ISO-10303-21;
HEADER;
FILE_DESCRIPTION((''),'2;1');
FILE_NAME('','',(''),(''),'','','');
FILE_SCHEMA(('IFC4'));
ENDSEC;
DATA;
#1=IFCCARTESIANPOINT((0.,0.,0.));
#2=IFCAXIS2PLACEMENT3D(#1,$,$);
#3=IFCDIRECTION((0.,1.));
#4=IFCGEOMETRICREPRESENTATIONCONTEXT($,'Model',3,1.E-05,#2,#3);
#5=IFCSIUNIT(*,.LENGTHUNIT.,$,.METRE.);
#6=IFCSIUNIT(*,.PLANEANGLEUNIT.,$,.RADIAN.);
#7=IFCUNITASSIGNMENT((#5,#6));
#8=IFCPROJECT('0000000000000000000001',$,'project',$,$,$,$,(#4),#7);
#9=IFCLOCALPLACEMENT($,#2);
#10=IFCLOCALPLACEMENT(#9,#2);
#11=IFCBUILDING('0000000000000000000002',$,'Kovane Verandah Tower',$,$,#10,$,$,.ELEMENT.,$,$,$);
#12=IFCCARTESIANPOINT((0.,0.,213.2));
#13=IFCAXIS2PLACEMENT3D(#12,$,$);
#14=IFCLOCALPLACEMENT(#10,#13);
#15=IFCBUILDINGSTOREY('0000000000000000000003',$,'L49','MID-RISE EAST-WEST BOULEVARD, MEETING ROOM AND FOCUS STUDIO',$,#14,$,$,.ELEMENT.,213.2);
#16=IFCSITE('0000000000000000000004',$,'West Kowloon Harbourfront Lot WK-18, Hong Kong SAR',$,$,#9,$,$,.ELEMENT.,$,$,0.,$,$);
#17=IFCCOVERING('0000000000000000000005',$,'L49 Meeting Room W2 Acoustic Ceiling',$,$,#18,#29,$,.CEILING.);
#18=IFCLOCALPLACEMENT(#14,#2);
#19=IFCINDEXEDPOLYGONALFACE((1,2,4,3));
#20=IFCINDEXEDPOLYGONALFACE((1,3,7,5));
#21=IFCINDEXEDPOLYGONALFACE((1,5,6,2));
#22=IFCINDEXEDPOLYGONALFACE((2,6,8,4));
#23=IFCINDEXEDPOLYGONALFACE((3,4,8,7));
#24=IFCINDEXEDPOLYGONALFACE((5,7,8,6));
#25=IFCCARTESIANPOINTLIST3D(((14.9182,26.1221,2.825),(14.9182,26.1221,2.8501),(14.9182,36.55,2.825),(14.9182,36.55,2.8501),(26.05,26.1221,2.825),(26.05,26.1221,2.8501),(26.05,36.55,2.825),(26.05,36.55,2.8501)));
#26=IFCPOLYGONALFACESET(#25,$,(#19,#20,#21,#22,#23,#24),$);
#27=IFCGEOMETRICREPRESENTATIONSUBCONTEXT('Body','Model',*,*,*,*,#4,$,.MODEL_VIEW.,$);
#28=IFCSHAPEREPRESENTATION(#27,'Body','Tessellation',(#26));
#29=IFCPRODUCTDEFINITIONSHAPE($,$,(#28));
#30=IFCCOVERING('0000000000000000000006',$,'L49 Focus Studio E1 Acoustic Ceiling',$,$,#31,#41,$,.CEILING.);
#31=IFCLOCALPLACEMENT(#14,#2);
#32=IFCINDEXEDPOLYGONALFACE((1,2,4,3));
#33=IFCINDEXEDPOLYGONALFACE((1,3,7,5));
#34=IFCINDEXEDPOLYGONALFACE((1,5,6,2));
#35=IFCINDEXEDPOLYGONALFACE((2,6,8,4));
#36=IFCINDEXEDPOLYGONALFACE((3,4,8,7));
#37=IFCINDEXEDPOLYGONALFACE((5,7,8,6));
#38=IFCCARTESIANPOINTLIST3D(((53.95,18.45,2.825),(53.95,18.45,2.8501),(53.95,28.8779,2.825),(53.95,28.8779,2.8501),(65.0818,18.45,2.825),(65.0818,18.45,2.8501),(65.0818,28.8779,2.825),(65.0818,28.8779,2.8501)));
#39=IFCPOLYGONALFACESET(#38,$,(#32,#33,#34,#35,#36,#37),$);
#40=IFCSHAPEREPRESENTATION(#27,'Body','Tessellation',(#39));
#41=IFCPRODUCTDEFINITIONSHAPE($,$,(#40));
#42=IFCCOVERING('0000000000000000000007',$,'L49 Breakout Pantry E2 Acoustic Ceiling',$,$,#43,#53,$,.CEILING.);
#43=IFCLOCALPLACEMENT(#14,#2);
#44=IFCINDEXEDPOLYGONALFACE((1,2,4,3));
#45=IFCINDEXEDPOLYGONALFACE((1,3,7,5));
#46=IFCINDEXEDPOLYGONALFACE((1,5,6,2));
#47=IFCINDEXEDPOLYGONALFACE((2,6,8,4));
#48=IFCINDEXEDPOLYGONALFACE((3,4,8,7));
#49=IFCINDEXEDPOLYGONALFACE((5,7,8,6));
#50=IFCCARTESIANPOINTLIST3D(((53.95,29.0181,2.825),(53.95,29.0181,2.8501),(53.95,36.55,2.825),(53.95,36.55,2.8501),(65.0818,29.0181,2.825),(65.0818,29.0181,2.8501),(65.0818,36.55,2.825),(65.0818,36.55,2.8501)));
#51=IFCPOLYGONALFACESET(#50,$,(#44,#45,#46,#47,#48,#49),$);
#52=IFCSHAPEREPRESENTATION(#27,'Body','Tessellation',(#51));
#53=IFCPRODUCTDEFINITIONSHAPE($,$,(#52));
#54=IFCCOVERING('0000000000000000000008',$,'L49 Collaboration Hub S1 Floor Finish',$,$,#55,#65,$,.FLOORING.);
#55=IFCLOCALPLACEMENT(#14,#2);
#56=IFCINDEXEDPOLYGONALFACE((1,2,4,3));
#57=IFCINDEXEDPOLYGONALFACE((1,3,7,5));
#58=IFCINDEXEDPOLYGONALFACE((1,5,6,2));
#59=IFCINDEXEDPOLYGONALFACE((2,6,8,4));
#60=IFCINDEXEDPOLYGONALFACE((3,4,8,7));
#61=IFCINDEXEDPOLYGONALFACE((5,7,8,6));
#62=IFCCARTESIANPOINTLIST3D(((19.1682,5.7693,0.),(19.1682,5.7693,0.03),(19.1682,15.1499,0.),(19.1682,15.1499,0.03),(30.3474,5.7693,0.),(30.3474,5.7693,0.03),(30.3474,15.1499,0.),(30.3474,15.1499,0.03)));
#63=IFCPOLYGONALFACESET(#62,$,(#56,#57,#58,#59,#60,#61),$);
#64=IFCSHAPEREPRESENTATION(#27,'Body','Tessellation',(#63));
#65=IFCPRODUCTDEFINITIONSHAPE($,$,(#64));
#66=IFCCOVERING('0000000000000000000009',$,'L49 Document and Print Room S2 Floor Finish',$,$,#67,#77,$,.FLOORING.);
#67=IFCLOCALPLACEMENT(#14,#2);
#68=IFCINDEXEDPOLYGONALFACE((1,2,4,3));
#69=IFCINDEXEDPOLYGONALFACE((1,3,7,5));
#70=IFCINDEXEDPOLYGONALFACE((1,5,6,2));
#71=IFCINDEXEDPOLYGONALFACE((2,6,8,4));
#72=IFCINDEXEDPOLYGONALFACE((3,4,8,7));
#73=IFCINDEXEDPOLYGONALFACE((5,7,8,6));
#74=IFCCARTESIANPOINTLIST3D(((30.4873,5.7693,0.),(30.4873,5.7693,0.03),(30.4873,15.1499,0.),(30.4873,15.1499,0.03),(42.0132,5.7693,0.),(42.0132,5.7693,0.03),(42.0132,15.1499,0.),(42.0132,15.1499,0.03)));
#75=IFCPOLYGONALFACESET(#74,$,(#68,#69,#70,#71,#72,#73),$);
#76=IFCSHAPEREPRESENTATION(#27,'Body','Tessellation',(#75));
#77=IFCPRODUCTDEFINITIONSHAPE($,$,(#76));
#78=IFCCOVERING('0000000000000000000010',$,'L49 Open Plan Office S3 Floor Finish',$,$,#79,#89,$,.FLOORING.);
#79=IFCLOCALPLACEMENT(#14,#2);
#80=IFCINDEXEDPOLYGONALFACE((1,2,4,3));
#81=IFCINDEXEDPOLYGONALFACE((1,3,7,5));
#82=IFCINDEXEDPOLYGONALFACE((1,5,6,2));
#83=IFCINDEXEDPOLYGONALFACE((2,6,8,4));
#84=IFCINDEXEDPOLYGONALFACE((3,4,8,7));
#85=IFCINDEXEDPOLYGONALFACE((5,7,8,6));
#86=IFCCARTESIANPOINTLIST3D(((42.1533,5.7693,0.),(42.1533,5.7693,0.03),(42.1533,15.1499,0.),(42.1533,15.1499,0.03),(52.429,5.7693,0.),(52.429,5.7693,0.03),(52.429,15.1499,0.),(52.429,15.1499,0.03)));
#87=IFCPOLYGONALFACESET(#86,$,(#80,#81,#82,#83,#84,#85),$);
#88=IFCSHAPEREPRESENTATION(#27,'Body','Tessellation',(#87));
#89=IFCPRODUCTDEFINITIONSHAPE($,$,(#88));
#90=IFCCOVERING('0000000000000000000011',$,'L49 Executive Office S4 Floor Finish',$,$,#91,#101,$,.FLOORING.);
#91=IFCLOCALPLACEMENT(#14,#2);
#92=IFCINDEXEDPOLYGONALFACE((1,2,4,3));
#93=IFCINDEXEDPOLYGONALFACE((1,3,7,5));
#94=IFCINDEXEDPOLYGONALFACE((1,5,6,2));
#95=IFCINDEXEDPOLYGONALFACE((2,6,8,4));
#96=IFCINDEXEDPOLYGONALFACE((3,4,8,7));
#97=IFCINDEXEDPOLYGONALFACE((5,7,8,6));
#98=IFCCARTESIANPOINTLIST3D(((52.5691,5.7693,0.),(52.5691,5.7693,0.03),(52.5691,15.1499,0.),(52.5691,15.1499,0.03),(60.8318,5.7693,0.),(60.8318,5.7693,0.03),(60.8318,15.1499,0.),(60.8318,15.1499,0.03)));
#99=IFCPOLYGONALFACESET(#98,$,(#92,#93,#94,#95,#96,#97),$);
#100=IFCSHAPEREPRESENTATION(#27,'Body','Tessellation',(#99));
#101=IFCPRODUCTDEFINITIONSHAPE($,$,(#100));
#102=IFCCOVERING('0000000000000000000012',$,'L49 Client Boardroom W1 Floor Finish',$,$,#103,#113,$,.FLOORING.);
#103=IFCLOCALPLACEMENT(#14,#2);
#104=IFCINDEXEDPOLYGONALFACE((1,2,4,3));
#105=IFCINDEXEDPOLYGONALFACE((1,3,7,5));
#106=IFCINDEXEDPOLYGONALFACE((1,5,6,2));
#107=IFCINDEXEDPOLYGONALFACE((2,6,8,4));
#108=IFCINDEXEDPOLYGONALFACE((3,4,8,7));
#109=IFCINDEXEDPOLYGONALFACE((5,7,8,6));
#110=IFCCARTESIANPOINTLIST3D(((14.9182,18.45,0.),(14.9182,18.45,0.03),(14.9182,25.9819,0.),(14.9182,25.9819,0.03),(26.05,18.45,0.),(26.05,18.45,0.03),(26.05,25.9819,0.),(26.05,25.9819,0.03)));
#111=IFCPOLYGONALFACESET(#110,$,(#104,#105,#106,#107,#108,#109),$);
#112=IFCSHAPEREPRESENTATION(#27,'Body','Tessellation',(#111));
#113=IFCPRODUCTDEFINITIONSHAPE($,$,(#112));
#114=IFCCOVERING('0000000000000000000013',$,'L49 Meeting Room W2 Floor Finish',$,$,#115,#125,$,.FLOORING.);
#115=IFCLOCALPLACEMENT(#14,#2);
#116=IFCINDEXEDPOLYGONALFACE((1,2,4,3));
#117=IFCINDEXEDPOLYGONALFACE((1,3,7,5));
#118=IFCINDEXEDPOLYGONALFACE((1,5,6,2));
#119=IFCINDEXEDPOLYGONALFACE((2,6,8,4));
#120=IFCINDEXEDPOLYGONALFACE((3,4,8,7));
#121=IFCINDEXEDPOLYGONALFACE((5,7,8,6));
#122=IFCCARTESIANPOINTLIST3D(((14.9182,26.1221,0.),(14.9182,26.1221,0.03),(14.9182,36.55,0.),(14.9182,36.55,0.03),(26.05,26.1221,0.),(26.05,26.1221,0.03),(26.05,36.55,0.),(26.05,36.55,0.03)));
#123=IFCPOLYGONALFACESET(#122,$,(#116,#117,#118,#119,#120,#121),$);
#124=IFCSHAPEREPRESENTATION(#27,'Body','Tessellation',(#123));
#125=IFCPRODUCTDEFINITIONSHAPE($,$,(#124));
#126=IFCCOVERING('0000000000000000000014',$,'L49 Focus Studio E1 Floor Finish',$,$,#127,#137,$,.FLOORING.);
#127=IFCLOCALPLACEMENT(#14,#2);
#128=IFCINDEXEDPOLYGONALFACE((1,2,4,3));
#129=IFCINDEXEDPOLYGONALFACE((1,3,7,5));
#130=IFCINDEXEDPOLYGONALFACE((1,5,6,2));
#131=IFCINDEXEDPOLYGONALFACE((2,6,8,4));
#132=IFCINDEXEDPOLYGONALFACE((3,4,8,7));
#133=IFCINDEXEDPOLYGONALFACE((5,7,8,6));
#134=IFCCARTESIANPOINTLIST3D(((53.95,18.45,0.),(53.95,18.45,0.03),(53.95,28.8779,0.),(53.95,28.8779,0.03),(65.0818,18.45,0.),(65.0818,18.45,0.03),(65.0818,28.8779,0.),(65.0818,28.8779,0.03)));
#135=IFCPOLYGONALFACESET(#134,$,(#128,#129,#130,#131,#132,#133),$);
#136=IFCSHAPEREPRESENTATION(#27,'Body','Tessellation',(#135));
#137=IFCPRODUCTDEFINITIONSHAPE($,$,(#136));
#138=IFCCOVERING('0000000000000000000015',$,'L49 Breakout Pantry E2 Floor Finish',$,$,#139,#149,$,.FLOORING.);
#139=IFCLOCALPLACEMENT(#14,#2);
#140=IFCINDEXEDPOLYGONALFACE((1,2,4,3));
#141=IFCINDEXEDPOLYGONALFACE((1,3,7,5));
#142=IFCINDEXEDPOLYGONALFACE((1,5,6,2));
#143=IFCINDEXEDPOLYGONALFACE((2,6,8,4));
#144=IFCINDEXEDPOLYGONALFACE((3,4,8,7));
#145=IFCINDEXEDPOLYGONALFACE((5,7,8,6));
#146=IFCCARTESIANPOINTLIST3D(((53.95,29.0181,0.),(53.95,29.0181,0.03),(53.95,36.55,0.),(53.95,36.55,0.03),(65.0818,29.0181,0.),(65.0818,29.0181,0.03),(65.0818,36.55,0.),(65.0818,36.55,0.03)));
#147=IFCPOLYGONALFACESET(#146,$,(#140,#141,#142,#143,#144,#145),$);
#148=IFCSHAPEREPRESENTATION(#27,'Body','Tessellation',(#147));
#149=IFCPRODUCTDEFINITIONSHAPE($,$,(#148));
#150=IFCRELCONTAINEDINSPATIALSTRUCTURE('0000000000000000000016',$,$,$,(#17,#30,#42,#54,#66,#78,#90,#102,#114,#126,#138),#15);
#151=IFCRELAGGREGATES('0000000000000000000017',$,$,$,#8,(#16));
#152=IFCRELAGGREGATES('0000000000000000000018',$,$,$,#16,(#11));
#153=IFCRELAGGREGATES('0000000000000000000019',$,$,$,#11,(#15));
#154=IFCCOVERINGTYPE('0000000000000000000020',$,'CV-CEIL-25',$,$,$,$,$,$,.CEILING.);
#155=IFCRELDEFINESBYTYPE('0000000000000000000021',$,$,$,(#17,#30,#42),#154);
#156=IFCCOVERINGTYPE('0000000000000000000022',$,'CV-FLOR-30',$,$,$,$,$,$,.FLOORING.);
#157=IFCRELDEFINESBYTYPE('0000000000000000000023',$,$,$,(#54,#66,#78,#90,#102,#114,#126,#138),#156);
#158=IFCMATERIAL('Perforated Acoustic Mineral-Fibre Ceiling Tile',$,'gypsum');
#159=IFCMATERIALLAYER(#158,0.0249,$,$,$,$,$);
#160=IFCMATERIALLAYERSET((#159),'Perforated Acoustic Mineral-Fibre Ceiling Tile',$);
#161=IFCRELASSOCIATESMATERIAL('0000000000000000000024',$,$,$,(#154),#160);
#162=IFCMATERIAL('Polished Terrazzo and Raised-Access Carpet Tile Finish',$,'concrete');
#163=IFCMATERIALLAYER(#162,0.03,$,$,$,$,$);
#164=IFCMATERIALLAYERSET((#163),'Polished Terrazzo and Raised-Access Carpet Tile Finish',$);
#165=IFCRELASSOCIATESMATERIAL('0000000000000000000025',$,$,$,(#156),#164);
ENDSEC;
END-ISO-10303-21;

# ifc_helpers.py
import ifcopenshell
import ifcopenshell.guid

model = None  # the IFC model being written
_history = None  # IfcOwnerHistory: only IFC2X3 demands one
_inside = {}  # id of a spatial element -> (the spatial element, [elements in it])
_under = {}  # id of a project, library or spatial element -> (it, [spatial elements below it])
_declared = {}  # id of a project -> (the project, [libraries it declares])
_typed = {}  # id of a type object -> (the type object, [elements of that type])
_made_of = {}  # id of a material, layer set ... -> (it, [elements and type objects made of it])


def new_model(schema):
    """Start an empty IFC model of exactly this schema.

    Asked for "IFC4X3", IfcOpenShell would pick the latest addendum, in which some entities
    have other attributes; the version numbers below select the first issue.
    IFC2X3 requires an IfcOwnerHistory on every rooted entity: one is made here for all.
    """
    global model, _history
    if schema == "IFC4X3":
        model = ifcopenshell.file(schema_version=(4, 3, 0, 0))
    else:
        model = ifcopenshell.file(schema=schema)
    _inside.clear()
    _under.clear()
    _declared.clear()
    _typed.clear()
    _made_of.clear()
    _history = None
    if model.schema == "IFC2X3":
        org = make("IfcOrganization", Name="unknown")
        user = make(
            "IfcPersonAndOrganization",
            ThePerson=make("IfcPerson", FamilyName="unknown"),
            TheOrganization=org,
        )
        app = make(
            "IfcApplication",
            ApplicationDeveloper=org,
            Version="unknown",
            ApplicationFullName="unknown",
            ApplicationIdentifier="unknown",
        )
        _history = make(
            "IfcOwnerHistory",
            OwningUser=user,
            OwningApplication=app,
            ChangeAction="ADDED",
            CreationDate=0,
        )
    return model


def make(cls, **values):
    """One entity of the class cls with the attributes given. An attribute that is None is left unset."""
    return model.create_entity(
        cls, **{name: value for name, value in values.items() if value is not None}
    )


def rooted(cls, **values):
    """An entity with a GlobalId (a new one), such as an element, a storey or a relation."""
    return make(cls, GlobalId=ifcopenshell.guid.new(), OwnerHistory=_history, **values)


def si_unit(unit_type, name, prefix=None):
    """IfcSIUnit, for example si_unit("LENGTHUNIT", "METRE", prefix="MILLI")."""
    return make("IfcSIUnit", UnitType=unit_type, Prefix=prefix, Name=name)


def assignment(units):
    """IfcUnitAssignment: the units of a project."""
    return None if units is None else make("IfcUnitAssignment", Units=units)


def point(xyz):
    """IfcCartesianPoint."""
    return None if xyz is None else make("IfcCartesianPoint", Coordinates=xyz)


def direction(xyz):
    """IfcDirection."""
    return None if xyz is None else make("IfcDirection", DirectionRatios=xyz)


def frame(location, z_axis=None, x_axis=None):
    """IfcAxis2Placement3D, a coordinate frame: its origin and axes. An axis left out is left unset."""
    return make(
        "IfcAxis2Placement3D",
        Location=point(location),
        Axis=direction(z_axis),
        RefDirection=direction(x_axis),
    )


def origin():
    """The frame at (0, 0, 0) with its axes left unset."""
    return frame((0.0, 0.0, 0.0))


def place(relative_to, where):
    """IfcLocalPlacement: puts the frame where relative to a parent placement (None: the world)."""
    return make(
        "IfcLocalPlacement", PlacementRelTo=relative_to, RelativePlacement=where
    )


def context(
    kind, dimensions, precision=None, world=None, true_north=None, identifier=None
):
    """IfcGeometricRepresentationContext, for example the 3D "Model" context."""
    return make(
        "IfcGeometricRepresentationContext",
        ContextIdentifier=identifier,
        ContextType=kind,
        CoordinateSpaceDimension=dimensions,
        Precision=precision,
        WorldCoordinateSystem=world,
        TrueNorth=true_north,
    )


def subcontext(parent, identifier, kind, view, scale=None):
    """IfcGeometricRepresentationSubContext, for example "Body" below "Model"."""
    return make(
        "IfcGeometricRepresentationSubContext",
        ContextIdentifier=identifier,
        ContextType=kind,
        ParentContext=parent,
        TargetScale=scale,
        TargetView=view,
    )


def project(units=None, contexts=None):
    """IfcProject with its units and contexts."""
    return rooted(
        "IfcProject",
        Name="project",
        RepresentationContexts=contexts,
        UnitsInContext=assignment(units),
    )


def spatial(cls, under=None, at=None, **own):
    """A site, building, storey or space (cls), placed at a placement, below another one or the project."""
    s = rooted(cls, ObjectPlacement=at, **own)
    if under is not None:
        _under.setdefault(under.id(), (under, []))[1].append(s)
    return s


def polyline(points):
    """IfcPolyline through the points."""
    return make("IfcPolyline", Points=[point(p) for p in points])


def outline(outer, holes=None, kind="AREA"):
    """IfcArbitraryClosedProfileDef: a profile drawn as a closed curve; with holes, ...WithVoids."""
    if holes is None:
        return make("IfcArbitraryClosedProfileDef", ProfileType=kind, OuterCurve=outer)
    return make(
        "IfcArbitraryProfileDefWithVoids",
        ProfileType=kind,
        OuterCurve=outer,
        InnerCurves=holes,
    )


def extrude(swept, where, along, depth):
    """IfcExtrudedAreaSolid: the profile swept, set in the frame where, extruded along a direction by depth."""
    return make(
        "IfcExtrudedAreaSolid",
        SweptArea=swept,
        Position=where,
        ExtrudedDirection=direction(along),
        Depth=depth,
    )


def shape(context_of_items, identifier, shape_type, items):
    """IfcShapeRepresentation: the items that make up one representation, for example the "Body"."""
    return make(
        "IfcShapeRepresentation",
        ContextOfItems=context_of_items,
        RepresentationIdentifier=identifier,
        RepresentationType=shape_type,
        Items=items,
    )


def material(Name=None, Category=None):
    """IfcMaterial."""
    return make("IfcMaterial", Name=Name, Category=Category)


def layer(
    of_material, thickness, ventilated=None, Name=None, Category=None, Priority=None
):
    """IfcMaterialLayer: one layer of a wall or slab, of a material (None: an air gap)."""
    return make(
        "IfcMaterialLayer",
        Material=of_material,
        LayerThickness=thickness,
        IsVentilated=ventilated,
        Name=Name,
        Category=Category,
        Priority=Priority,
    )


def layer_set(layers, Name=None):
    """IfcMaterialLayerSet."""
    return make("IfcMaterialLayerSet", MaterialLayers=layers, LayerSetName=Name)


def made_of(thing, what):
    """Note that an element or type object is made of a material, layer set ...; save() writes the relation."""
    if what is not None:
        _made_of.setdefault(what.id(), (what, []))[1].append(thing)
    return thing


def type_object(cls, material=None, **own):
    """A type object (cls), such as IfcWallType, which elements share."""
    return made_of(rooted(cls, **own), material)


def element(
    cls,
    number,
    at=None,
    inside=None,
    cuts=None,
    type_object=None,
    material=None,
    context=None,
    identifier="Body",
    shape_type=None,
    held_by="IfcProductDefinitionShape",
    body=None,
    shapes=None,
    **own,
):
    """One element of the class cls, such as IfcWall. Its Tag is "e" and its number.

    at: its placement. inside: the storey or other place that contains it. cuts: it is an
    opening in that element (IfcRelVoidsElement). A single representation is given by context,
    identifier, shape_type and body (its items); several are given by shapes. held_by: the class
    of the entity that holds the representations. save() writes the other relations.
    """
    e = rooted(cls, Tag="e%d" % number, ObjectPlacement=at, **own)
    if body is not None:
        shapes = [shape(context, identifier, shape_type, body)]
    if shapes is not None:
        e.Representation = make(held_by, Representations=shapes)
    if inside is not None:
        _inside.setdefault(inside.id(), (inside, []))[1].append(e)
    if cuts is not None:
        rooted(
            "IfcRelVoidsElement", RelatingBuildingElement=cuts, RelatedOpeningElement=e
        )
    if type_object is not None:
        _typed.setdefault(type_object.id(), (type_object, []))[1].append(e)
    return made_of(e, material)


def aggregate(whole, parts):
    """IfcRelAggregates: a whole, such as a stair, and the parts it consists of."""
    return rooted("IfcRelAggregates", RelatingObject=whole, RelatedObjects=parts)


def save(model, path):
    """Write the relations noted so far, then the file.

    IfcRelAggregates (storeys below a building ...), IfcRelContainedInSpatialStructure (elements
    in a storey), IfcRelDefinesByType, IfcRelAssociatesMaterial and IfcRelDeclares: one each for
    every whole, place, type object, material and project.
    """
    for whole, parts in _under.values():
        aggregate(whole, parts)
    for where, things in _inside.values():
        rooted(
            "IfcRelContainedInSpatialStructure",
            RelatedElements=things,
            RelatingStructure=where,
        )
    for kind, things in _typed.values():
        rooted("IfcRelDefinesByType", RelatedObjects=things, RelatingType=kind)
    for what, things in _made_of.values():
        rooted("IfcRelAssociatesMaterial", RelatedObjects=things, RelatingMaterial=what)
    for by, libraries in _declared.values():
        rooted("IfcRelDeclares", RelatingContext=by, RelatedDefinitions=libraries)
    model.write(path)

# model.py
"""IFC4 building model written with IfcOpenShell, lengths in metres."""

from ifc_helpers import new_model, si_unit, direction, frame, origin, place, context, subcontext, project, spatial, polyline, outline, extrude, material, layer, layer_set, type_object, element, save


model = new_model("IFC4")

# Units and contexts
model_context = context("Model", 3, precision=1e-05, world=origin(), true_north=direction((0.0, 1.0)))
body_context = subcontext(model_context, "Body", "Model", "MODEL_VIEW")
ifc_project = project(units=[si_unit("LENGTHUNIT", "METRE"), si_unit("PLANEANGLEUNIT", "RADIAN")], contexts=[model_context])

# Site, building, storey
site_placement = place(None, origin())
site = spatial("IfcSite", under=ifc_project, at=site_placement, Name="West Kowloon Harbourfront Lot WK-18, Hong Kong SAR", CompositionType="ELEMENT", RefElevation=0.0)
building_placement = place(site_placement, origin())
building = spatial("IfcBuilding", under=site, at=building_placement, Name="Kovane Verandah Tower", CompositionType="ELEMENT")
storey_placement = place(building_placement, frame((0.0, 0.0, 213.2)))
storey = spatial("IfcBuildingStorey", under=building, at=storey_placement, Name="L49", Description="MID-RISE EAST-WEST BOULEVARD, MEETING ROOM AND FOCUS STUDIO", CompositionType="ELEMENT", Elevation=213.2)

# Coverings
ifc_material_1 = material(Name="Perforated Acoustic Mineral-Fibre Ceiling Tile", Category="gypsum")
ifc_layer_1 = layer(ifc_material_1, 0.0249)
ifc_layer_set_1 = layer_set([ifc_layer_1], Name="Perforated Acoustic Mineral-Fibre Ceiling Tile")
covering_type_1 = type_object("IfcCoveringType", Name="CV-CEIL-25", PredefinedType="CEILING", material=ifc_layer_set_1)
covering_1_placement = place(storey_placement, frame((0.0, 0.0, 2.825)))
element("IfcCovering", 1, at=covering_1_placement, inside=storey, type_object=covering_type_1, Name="L49 Meeting Room W2 Acoustic Ceiling", PredefinedType="CEILING", context=body_context, shape_type="SweptSolid", body=[
    extrude(outline(polyline([(14.9182, 26.1221), (26.05, 26.1221), (26.05, 36.55), (14.9182, 36.55), (14.9182, 26.1221)])), origin(), (0.0, 0.0, 1.0), 0.0251),
])
covering_2_placement = place(storey_placement, frame((0.0, 0.0, 2.825)))
element("IfcCovering", 2, at=covering_2_placement, inside=storey, type_object=covering_type_1, Name="L49 Focus Studio E1 Acoustic Ceiling", PredefinedType="CEILING", context=body_context, shape_type="SweptSolid", body=[
    extrude(outline(polyline([(53.95, 18.45), (65.0818, 18.45), (65.0818, 28.8779), (53.95, 28.8779), (53.95, 18.45)])), origin(), (0.0, 0.0, 1.0), 0.0251),
])
covering_3_placement = place(storey_placement, frame((0.0, 0.0, 2.825)))
element("IfcCovering", 3, at=covering_3_placement, inside=storey, type_object=covering_type_1, Name="L49 Breakout Pantry E2 Acoustic Ceiling", PredefinedType="CEILING", context=body_context, shape_type="SweptSolid", body=[
    extrude(outline(polyline([(53.95, 29.0181), (65.0818, 29.0181), (65.0818, 36.55), (53.95, 36.55), (53.95, 29.0181)])), origin(), (0.0, 0.0, 1.0), 0.0251),
])
ifc_material_2 = material(Name="Polished Terrazzo and Raised-Access Carpet Tile Finish", Category="concrete")
ifc_layer_2 = layer(ifc_material_2, 0.03)
ifc_layer_set_2 = layer_set([ifc_layer_2], Name="Polished Terrazzo and Raised-Access Carpet Tile Finish")
covering_type_2 = type_object("IfcCoveringType", Name="CV-FLOR-30", PredefinedType="FLOORING", material=ifc_layer_set_2)
covering_4_placement = place(storey_placement, origin())
element("IfcCovering", 4, at=covering_4_placement, inside=storey, type_object=covering_type_2, Name="L49 Collaboration Hub S1 Floor Finish", PredefinedType="FLOORING", context=body_context, shape_type="SweptSolid", body=[
    extrude(outline(polyline([(19.1682, 5.7693), (30.3474, 5.7693), (30.3474, 15.1499), (19.1682, 15.1499), (19.1682, 5.7693)])), origin(), (0.0, 0.0, 1.0), 0.03),
])
covering_5_placement = place(storey_placement, origin())
element("IfcCovering", 5, at=covering_5_placement, inside=storey, type_object=covering_type_2, Name="L49 Document and Print Room S2 Floor Finish", PredefinedType="FLOORING", context=body_context, shape_type="SweptSolid", body=[
    extrude(outline(polyline([(30.4873, 5.7693), (42.0132, 5.7693), (42.0132, 15.1499), (30.4873, 15.1499), (30.4873, 5.7693)])), origin(), (0.0, 0.0, 1.0), 0.03),
])
covering_6_placement = place(storey_placement, origin())
element("IfcCovering", 6, at=covering_6_placement, inside=storey, type_object=covering_type_2, Name="L49 Open Plan Office S3 Floor Finish", PredefinedType="FLOORING", context=body_context, shape_type="SweptSolid", body=[
    extrude(outline(polyline([(42.1533, 5.7693), (52.429, 5.7693), (52.429, 15.1499), (42.1533, 15.1499), (42.1533, 5.7693)])), origin(), (0.0, 0.0, 1.0), 0.03),
])
covering_7_placement = place(storey_placement, origin())
element("IfcCovering", 7, at=covering_7_placement, inside=storey, type_object=covering_type_2, Name="L49 Executive Office S4 Floor Finish", PredefinedType="FLOORING", context=body_context, shape_type="SweptSolid", body=[
    extrude(outline(polyline([(52.5691, 5.7693), (60.8318, 5.7693), (60.8318, 15.1499), (52.5691, 15.1499), (52.5691, 5.7693)])), origin(), (0.0, 0.0, 1.0), 0.03),
])
covering_8_placement = place(storey_placement, origin())
element("IfcCovering", 8, at=covering_8_placement, inside=storey, type_object=covering_type_2, Name="L49 Client Boardroom W1 Floor Finish", PredefinedType="FLOORING", context=body_context, shape_type="SweptSolid", body=[
    extrude(outline(polyline([(14.9182, 18.45), (26.05, 18.45), (26.05, 25.9819), (14.9182, 25.9819), (14.9182, 18.45)])), origin(), (0.0, 0.0, 1.0), 0.03),
])
covering_9_placement = place(storey_placement, origin())
element("IfcCovering", 9, at=covering_9_placement, inside=storey, type_object=covering_type_2, Name="L49 Meeting Room W2 Floor Finish", PredefinedType="FLOORING", context=body_context, shape_type="SweptSolid", body=[
    extrude(outline(polyline([(14.9182, 26.1221), (26.05, 26.1221), (26.05, 36.55), (14.9182, 36.55), (14.9182, 26.1221)])), origin(), (0.0, 0.0, 1.0), 0.03),
])
covering_10_placement = place(storey_placement, origin())
element("IfcCovering", 10, at=covering_10_placement, inside=storey, type_object=covering_type_2, Name="L49 Focus Studio E1 Floor Finish", PredefinedType="FLOORING", context=body_context, shape_type="SweptSolid", body=[
    extrude(outline(polyline([(53.95, 18.45), (65.0818, 18.45), (65.0818, 28.8779), (53.95, 28.8779), (53.95, 18.45)])), origin(), (0.0, 0.0, 1.0), 0.03),
])
covering_11_placement = place(storey_placement, origin())
element("IfcCovering", 11, at=covering_11_placement, inside=storey, type_object=covering_type_2, Name="L49 Breakout Pantry E2 Floor Finish", PredefinedType="FLOORING", context=body_context, shape_type="SweptSolid", body=[
    extrude(outline(polyline([(53.95, 29.0181), (65.0818, 29.0181), (65.0818, 36.55), (53.95, 36.55), (53.95, 29.0181)])), origin(), (0.0, 0.0, 1.0), 0.03),
])

save(model, "model.ifc")
